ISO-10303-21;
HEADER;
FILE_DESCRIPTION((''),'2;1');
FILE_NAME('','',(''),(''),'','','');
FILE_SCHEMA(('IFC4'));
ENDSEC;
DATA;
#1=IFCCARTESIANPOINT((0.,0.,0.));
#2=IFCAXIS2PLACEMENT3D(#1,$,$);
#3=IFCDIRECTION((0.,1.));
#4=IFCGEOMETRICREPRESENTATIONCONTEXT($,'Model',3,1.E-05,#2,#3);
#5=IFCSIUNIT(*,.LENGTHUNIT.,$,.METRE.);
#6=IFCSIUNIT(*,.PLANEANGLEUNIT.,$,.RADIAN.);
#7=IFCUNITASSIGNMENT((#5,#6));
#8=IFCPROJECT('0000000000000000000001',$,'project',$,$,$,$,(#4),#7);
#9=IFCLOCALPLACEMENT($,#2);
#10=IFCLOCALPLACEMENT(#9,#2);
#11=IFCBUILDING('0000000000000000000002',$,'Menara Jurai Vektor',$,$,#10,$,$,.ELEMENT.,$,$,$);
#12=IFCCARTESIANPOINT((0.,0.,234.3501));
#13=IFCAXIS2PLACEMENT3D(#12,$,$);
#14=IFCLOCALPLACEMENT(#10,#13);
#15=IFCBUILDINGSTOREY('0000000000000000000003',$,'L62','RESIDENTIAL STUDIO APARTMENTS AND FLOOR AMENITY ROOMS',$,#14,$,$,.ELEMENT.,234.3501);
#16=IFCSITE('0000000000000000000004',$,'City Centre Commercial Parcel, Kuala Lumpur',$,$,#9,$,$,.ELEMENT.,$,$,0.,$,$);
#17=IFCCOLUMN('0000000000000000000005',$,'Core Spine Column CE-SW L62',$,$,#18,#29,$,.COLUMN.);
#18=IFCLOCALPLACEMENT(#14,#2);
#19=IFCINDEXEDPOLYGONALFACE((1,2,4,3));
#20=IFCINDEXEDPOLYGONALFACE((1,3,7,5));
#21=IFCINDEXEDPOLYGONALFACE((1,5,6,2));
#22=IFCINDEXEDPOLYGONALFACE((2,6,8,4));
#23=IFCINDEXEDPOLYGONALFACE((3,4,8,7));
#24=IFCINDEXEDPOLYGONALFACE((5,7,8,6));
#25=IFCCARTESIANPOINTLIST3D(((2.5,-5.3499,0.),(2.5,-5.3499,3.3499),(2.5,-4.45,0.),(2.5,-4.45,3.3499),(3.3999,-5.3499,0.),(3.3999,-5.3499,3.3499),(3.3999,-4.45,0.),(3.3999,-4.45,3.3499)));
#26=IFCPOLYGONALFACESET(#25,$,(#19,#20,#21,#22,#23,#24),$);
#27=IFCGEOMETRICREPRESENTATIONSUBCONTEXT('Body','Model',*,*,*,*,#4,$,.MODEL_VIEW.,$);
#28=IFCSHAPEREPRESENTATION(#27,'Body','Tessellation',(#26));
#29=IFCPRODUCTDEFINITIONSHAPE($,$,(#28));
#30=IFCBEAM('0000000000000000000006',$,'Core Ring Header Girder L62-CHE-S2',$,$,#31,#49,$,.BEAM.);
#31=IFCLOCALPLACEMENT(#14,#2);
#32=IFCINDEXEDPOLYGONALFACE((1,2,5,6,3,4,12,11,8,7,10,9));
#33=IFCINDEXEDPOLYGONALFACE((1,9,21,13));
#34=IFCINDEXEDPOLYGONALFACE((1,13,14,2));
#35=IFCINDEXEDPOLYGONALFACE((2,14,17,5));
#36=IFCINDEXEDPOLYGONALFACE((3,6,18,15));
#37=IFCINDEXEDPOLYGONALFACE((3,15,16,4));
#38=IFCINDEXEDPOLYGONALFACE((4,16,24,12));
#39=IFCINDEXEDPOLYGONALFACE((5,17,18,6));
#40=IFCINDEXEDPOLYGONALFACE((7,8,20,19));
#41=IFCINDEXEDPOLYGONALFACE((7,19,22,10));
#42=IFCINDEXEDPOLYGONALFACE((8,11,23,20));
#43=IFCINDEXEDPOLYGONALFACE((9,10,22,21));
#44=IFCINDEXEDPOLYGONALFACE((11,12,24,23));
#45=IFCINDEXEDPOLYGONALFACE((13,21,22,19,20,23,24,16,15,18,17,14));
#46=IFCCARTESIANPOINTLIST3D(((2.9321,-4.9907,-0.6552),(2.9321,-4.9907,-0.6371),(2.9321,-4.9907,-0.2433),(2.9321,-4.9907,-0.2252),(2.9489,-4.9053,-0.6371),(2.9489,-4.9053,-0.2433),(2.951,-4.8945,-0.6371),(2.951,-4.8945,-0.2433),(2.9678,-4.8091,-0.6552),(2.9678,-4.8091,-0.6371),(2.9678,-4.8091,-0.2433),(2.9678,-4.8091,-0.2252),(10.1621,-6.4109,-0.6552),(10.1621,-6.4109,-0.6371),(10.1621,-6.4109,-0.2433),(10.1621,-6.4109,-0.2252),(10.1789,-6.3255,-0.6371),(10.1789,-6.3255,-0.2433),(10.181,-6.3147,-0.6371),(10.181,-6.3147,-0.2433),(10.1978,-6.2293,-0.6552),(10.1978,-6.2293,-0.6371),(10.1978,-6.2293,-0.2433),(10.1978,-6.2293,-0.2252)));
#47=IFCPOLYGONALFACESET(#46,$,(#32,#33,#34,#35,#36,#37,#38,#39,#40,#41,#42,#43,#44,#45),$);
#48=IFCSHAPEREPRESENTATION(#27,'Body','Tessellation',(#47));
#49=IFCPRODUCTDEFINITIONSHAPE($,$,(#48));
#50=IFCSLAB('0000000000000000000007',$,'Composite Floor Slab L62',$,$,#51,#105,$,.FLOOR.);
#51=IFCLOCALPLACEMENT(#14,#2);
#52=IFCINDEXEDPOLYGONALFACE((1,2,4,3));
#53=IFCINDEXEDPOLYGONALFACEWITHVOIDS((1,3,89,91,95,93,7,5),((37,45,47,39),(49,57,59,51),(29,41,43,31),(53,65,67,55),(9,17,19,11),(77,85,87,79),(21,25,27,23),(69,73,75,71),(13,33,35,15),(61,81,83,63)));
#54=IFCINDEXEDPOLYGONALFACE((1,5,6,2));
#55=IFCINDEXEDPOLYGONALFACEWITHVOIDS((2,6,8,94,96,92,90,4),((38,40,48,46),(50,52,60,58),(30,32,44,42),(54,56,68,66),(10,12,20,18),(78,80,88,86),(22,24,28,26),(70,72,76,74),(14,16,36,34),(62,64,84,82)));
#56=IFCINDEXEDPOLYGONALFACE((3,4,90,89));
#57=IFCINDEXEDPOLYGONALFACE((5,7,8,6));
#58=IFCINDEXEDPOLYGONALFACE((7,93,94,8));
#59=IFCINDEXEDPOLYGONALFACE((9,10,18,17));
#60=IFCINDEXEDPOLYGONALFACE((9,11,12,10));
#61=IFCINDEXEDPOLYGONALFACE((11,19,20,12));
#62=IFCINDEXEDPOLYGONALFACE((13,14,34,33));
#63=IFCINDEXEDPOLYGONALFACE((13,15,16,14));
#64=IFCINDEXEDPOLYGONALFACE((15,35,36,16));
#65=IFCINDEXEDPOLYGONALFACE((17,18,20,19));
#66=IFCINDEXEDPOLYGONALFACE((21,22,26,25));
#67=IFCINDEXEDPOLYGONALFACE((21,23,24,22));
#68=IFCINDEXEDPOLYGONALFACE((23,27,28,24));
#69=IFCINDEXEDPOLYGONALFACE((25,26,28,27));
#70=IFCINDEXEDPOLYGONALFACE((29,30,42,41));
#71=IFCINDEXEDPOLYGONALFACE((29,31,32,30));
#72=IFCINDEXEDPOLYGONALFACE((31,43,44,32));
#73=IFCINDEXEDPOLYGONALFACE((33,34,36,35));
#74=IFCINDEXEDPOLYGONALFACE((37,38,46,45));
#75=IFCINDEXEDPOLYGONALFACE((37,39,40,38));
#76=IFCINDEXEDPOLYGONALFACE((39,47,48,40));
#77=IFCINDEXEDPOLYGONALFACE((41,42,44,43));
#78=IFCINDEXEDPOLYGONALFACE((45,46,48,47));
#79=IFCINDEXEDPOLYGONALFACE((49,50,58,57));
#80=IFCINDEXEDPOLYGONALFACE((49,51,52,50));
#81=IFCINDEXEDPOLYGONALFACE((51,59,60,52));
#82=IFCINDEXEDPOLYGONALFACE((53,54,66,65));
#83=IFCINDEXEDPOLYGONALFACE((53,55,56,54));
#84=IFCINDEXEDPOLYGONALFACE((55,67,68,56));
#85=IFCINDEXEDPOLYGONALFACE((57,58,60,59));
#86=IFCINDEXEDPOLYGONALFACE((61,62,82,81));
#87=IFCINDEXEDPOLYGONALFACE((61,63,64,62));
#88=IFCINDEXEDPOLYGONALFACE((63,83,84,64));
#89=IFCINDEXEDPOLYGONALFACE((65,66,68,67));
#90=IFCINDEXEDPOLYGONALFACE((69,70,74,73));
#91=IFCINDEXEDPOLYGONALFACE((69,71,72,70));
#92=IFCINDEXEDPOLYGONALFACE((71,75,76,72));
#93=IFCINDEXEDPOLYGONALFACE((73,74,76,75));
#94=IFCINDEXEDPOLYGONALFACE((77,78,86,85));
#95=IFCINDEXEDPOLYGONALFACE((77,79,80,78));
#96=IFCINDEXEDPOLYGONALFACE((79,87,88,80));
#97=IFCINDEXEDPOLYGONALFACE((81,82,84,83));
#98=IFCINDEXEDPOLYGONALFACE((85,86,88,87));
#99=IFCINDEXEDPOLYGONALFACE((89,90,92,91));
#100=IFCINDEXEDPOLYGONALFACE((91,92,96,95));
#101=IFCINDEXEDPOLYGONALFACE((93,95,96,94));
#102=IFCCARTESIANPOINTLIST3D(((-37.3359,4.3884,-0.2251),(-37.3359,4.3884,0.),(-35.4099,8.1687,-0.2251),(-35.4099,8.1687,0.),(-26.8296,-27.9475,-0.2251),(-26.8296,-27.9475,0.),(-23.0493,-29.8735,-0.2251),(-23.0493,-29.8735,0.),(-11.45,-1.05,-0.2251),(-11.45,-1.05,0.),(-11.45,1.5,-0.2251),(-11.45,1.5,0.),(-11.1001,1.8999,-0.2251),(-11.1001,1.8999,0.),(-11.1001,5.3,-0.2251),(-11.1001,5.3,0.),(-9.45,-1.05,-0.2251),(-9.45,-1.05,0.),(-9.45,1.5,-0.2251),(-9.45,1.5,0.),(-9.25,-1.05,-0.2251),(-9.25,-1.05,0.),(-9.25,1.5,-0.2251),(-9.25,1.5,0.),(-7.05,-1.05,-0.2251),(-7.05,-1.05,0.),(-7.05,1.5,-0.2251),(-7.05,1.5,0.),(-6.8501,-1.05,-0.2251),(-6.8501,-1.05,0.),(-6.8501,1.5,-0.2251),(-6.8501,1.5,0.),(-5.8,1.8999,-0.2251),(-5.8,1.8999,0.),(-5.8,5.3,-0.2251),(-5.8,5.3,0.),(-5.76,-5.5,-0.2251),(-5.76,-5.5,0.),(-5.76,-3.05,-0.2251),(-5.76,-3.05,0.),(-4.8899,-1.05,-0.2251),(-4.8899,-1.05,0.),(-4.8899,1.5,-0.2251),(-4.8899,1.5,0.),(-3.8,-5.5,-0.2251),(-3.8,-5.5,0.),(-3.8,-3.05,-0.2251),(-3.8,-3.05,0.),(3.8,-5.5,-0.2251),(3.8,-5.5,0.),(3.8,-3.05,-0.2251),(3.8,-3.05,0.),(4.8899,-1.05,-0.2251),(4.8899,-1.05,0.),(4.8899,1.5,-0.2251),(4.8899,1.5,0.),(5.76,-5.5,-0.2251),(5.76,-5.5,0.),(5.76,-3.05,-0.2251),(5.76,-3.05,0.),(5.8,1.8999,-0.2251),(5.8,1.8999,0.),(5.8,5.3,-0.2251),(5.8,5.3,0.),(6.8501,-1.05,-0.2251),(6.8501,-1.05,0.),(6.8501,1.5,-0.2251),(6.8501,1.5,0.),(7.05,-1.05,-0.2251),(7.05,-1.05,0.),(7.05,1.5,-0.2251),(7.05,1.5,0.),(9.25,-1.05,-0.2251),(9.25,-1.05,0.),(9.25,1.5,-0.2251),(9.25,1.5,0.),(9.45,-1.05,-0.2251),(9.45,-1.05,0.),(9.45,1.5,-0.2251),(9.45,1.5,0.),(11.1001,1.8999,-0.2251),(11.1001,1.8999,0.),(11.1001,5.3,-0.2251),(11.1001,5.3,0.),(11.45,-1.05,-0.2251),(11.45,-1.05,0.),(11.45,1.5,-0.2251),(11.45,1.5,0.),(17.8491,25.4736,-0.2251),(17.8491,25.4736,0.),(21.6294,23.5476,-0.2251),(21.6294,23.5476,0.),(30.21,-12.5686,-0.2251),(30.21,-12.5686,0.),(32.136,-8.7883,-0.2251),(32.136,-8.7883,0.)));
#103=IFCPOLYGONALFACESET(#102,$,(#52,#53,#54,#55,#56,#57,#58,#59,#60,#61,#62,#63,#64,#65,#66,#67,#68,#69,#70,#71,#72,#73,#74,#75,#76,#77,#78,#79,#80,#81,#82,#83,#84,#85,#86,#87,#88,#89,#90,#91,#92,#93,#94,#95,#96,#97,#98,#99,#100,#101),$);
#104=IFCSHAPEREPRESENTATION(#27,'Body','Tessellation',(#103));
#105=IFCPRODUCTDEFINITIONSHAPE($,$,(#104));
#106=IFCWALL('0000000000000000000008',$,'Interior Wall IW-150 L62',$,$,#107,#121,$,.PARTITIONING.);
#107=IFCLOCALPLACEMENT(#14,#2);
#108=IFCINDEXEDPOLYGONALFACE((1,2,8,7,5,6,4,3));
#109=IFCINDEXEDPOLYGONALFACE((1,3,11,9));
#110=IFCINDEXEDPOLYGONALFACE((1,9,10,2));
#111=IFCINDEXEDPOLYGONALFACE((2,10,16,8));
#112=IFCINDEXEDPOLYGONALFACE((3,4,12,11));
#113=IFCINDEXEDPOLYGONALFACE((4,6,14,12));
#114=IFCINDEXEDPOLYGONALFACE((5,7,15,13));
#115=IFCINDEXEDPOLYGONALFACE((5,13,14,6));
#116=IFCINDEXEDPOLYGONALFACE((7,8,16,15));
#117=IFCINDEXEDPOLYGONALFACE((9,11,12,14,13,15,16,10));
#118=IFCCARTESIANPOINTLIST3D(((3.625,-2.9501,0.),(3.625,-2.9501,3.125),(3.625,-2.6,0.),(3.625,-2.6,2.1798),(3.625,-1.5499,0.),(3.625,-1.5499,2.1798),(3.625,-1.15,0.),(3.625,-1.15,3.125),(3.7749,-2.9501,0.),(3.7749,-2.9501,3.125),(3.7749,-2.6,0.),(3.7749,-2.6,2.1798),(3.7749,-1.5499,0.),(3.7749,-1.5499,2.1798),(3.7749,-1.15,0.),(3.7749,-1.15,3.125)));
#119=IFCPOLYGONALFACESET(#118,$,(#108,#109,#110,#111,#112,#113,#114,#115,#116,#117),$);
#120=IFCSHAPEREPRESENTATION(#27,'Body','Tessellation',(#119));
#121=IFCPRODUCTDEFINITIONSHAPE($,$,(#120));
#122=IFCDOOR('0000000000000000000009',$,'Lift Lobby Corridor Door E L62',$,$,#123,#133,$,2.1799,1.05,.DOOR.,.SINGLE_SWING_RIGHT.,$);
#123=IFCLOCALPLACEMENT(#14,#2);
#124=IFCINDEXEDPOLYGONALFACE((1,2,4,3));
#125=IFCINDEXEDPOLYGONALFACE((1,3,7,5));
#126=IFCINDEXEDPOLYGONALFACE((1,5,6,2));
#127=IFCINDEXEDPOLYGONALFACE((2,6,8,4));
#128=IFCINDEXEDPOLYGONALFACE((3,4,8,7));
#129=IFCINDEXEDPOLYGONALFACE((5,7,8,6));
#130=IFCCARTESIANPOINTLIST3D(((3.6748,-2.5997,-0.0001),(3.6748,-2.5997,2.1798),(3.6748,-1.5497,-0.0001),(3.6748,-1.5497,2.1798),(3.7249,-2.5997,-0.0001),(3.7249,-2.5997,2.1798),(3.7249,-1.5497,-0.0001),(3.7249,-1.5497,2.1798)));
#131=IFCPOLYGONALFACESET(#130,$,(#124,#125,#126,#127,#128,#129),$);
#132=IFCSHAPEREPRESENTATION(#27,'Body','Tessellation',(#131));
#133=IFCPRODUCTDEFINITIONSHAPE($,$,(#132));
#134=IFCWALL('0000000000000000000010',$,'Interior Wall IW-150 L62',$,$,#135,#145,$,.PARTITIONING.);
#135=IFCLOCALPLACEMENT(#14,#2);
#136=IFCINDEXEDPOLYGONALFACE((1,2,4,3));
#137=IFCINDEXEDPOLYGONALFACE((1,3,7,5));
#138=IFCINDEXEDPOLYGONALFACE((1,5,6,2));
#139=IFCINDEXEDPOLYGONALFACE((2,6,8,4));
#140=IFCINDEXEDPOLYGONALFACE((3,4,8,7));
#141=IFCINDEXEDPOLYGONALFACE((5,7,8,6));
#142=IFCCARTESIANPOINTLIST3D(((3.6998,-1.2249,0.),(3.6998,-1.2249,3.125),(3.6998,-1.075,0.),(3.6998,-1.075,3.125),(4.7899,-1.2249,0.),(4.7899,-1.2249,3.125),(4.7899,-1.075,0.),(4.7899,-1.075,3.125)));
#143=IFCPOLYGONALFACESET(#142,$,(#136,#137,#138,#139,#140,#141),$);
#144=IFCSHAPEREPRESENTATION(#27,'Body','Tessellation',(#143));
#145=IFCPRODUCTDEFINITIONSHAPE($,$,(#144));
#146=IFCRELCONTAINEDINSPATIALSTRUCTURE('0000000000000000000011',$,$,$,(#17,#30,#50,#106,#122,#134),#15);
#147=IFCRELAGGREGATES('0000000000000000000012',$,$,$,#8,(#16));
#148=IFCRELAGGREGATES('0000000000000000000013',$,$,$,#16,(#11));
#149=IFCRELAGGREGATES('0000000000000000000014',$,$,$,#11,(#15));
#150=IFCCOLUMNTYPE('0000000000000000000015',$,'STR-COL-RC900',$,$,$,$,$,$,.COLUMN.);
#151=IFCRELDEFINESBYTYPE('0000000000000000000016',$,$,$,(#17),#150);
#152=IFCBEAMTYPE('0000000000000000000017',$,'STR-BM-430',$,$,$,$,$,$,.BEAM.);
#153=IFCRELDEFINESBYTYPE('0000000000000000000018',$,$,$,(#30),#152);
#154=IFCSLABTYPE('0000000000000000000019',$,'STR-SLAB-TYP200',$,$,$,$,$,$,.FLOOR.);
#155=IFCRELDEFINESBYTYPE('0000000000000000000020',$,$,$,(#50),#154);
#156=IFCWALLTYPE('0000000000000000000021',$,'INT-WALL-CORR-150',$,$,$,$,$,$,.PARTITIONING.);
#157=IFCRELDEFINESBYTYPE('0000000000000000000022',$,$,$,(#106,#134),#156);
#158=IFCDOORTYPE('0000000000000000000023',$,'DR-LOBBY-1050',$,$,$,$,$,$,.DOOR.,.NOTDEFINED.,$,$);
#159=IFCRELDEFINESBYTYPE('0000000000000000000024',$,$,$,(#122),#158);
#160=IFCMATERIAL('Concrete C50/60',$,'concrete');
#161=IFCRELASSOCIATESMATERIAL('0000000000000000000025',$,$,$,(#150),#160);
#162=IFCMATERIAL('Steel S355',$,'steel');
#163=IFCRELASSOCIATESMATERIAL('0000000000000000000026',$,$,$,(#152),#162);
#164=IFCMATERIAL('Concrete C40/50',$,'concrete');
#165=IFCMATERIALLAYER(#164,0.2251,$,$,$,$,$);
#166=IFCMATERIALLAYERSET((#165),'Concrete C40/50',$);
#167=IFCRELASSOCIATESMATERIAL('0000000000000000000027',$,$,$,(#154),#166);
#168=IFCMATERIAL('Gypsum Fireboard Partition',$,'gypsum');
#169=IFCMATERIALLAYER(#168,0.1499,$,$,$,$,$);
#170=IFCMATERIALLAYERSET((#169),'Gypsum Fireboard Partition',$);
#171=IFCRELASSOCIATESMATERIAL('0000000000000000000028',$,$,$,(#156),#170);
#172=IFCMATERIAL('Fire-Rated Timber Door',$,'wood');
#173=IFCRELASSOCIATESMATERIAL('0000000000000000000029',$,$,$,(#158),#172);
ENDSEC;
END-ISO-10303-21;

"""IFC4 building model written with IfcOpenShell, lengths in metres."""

from ifc_helpers import new_model, si_unit, direction, frame, frame_2d, origin, origin_2d, place, context, subcontext, project, spatial, polyline, rectangle, i_section, outline, extrude, material, layer, layer_set, material_profile, profile_set, type_object, element, fill, save


model = new_model("IFC4")

# Units and contexts
model_context = context("Model", 3, precision=1e-05, world=origin(), true_north=direction((0.0, 1.0)))
body_context = subcontext(model_context, "Body", "Model", "MODEL_VIEW")
ifc_project = project(units=[si_unit("LENGTHUNIT", "METRE"), si_unit("PLANEANGLEUNIT", "RADIAN")], contexts=[model_context])

# Site, building, storey
site_placement = place(None, origin())
site = spatial("IfcSite", under=ifc_project, at=site_placement, Name="City Centre Commercial Parcel, Kuala Lumpur", CompositionType="ELEMENT", RefElevation=0.0)
building_placement = place(site_placement, origin())
building = spatial("IfcBuilding", under=site, at=building_placement, Name="Menara Jurai Vektor", CompositionType="ELEMENT")
storey_placement = place(building_placement, frame((0.0, 0.0, 234.3501)))
storey = spatial("IfcBuildingStorey", under=building, at=storey_placement, Name="L62", Description="RESIDENTIAL STUDIO APARTMENTS AND FLOOR AMENITY ROOMS", CompositionType="ELEMENT", Elevation=234.3501)

# Column
ifc_material_1 = material(Name="Concrete C50/60", Category="concrete")
ifc_material_profile_1 = material_profile(ifc_material_1, rectangle(XDim=0.8999, YDim=0.8999, at=origin_2d()), Name="RC 900x900")
ifc_profile_set_1 = profile_set([ifc_material_profile_1], Name="Concrete C50/60")
column_type = type_object("IfcColumnType", Name="STR-COL-RC900", PredefinedType="COLUMN", material=ifc_profile_set_1)
column_placement = place(storey_placement, frame((2.95, -4.8999, 0.0), z_axis=(0.0, 0.0, 1.0), x_axis=(1.0, 0.0, 0.0)))
element("IfcColumn", 1, at=column_placement, inside=storey, type_object=column_type, Name="Core Spine Column CE-SW L62", PredefinedType="COLUMN", context=body_context, shape_type="SweptSolid", body=[
    extrude(rectangle(XDim=0.8999, YDim=0.8999, at=origin_2d()), origin(), (0.0, 0.0, 1.0), 3.3499),
])

# Beam
ifc_material_2 = material(Name="Steel S355", Category="steel")
ifc_material_profile_2 = material_profile(ifc_material_2, i_section(OverallWidth=0.1851, OverallDepth=0.4299, WebThickness=0.011, FlangeThickness=0.0181, at=origin_2d()), Name="PG 430x185x76")
ifc_profile_set_2 = profile_set([ifc_material_profile_2], Name="Steel S355")
beam_type = type_object("IfcBeamType", Name="STR-BM-430", PredefinedType="BEAM", material=ifc_profile_set_2)
beam_placement = place(storey_placement, frame((2.95, -4.8999, -0.4402), z_axis=(0.981249, -0.192744, 0.0), x_axis=(0.192744, 0.981249, 0.0)))
element("IfcBeam", 2, at=beam_placement, inside=storey, type_object=beam_type, Name="Core Ring Header Girder L62-CHE-S2", PredefinedType="BEAM", context=body_context, shape_type="SweptSolid", body=[
    extrude(i_section(OverallWidth=0.1851, OverallDepth=0.4299, WebThickness=0.011, FlangeThickness=0.0181, at=origin_2d()), origin(), (0.0, 0.0, 1.0), 7.3682),
])

# Slab
ifc_material_3 = material(Name="Concrete C40/50", Category="concrete")
ifc_layer_1 = layer(ifc_material_3, 0.2251)
ifc_layer_set_1 = layer_set([ifc_layer_1], Name="Concrete C40/50")
slab_type = type_object("IfcSlabType", Name="STR-SLAB-TYP200", PredefinedType="FLOOR", material=ifc_layer_set_1)
slab_placement = place(storey_placement, frame((0.0, 0.0, -0.2251)))
element("IfcSlab", 3, at=slab_placement, inside=storey, type_object=slab_type, Name="Composite Floor Slab L62", PredefinedType="FLOOR", context=body_context, shape_type="SweptSolid", body=[
    extrude(outline(polyline([(-23.0493, -29.8735), (30.21, -12.5686), (32.136, -8.7883), (21.6294, 23.5476), (17.8491, 25.4736), (-35.4099, 8.1687), (-37.3359, 4.3884), (-26.8296, -27.9475), (-23.0493, -29.8735)]), holes=[polyline([(-11.1001, 1.8999), (-11.1001, 5.3), (-5.8, 5.3), (-5.8, 1.8999), (-11.1001, 1.8999)]), polyline([(5.8, 1.8999), (5.8, 5.3), (11.1001, 5.3), (11.1001, 1.8999), (5.8, 1.8999)]), polyline([(-11.45, -1.05), (-11.45, 1.5), (-9.45, 1.5), (-9.45, -1.05), (-11.45, -1.05)]), polyline([(9.45, -1.05), (9.45, 1.5), (11.45, 1.5), (11.45, -1.05), (9.45, -1.05)]), polyline([(-5.76, -5.5), (-5.76, -3.05), (-3.8, -3.05), (-3.8, -5.5), (-5.76, -5.5)]), polyline([(-6.8501, -1.05), (-6.8501, 1.5), (-4.8899, 1.5), (-4.8899, -1.05), (-6.8501, -1.05)]), polyline([(3.8, -5.5), (3.8, -3.05), (5.76, -3.05), (5.76, -5.5), (3.8, -5.5)]), polyline([(4.8899, -1.05), (4.8899, 1.5), (6.8501, 1.5), (6.8501, -1.05), (4.8899, -1.05)]), polyline([(-9.25, -1.05), (-9.25, 1.5), (-7.05, 1.5), (-7.05, -1.05), (-9.25, -1.05)]), polyline([(7.05, -1.05), (7.05, 1.5), (9.25, 1.5), (9.25, -1.05), (7.05, -1.05)])]), origin(), (0.0, 0.0, 1.0), 0.2251),
])

# Wall, opening, door
ifc_material_4 = material(Name="Gypsum Fireboard Partition", Category="gypsum")
ifc_layer_2 = layer(ifc_material_4, 0.1499)
ifc_layer_set_2 = layer_set([ifc_layer_2], Name="Gypsum Fireboard Partition")
wall_type_1 = type_object("IfcWallType", Name="INT-WALL-CORR-150", PredefinedType="PARTITIONING", material=ifc_layer_set_2)
wall_1_placement = place(storey_placement, frame((3.7, -2.95, 0.0), z_axis=(0.0, 0.0, 1.0), x_axis=(0.0, 1.0, 0.0)))
wall_1 = element("IfcWall", 4, at=wall_1_placement, inside=storey, type_object=wall_type_1, Name="Interior Wall IW-150 L62", PredefinedType="PARTITIONING", context=body_context, shape_type="SweptSolid", body=[
    extrude(rectangle(XDim=1.8, YDim=0.1499, at=frame_2d((0.8999, 0.0))), origin(), (0.0, 0.0, 1.0), 3.125),
])
opening_1_placement = place(wall_1_placement, frame((0.3501, 0.0, 0.0)))
opening_1 = element("IfcOpeningElement", 5, at=opening_1_placement, cuts=wall_1, PredefinedType="OPENING", context=body_context, shape_type="SweptSolid", body=[
    extrude(rectangle(XDim=1.05, YDim=2.1799, at=frame_2d((0.5249, 1.0898))), frame((0.0, 0.085, 0.0), z_axis=(0.0, -1.0, 0.0), x_axis=(1.0, 0.0, 0.0)), (0.0, 0.0, 1.0), 0.1699),
])
ifc_material_5 = material(Name="Fire-Rated Timber Door", Category="wood")
door_type_1 = type_object("IfcDoorType", Name="DR-LOBBY-1050", OperationType="NOTDEFINED", PredefinedType="DOOR", material=ifc_material_5)
door_1_placement = place(opening_1_placement, frame((1.05, 0.0, 0.0), z_axis=(0.0, 0.0, 1.0), x_axis=(-1.0, 0.0, 0.0)))
door_1 = element("IfcDoor", 6, at=door_1_placement, inside=storey, type_object=door_type_1, Name="Lift Lobby Corridor Door E L62", OperationType="SINGLE_SWING_RIGHT", OverallHeight=2.1799, OverallWidth=1.05, PredefinedType="DOOR", context=body_context, shape_type="SweptSolid", body=[
    extrude(rectangle(XDim=1.05, YDim=2.1799, at=frame_2d((0.5249, 1.0898))), frame((0.0, 0.0249, 0.0), z_axis=(0.0, -1.0, 0.0), x_axis=(1.0, 0.0, 0.0)), (0.0, 0.0, 1.0), 0.05),
])
fill(opening_1, door_1)

# Wall
wall_2_placement = place(storey_placement, frame((3.7, -1.1499, 0.0), z_axis=(0.0, 0.0, 1.0), x_axis=(1.0, 0.0, 0.0)))
element("IfcWall", 7, at=wall_2_placement, inside=storey, type_object=wall_type_1, Name="Interior Wall IW-150 L62", PredefinedType="PARTITIONING", context=body_context, shape_type="SweptSolid", body=[
    extrude(rectangle(XDim=1.0901, YDim=0.1499, at=frame_2d((0.5449, 0.0))), origin(), (0.0, 0.0, 1.0), 3.125),
])

save(model, "model.ifc")
